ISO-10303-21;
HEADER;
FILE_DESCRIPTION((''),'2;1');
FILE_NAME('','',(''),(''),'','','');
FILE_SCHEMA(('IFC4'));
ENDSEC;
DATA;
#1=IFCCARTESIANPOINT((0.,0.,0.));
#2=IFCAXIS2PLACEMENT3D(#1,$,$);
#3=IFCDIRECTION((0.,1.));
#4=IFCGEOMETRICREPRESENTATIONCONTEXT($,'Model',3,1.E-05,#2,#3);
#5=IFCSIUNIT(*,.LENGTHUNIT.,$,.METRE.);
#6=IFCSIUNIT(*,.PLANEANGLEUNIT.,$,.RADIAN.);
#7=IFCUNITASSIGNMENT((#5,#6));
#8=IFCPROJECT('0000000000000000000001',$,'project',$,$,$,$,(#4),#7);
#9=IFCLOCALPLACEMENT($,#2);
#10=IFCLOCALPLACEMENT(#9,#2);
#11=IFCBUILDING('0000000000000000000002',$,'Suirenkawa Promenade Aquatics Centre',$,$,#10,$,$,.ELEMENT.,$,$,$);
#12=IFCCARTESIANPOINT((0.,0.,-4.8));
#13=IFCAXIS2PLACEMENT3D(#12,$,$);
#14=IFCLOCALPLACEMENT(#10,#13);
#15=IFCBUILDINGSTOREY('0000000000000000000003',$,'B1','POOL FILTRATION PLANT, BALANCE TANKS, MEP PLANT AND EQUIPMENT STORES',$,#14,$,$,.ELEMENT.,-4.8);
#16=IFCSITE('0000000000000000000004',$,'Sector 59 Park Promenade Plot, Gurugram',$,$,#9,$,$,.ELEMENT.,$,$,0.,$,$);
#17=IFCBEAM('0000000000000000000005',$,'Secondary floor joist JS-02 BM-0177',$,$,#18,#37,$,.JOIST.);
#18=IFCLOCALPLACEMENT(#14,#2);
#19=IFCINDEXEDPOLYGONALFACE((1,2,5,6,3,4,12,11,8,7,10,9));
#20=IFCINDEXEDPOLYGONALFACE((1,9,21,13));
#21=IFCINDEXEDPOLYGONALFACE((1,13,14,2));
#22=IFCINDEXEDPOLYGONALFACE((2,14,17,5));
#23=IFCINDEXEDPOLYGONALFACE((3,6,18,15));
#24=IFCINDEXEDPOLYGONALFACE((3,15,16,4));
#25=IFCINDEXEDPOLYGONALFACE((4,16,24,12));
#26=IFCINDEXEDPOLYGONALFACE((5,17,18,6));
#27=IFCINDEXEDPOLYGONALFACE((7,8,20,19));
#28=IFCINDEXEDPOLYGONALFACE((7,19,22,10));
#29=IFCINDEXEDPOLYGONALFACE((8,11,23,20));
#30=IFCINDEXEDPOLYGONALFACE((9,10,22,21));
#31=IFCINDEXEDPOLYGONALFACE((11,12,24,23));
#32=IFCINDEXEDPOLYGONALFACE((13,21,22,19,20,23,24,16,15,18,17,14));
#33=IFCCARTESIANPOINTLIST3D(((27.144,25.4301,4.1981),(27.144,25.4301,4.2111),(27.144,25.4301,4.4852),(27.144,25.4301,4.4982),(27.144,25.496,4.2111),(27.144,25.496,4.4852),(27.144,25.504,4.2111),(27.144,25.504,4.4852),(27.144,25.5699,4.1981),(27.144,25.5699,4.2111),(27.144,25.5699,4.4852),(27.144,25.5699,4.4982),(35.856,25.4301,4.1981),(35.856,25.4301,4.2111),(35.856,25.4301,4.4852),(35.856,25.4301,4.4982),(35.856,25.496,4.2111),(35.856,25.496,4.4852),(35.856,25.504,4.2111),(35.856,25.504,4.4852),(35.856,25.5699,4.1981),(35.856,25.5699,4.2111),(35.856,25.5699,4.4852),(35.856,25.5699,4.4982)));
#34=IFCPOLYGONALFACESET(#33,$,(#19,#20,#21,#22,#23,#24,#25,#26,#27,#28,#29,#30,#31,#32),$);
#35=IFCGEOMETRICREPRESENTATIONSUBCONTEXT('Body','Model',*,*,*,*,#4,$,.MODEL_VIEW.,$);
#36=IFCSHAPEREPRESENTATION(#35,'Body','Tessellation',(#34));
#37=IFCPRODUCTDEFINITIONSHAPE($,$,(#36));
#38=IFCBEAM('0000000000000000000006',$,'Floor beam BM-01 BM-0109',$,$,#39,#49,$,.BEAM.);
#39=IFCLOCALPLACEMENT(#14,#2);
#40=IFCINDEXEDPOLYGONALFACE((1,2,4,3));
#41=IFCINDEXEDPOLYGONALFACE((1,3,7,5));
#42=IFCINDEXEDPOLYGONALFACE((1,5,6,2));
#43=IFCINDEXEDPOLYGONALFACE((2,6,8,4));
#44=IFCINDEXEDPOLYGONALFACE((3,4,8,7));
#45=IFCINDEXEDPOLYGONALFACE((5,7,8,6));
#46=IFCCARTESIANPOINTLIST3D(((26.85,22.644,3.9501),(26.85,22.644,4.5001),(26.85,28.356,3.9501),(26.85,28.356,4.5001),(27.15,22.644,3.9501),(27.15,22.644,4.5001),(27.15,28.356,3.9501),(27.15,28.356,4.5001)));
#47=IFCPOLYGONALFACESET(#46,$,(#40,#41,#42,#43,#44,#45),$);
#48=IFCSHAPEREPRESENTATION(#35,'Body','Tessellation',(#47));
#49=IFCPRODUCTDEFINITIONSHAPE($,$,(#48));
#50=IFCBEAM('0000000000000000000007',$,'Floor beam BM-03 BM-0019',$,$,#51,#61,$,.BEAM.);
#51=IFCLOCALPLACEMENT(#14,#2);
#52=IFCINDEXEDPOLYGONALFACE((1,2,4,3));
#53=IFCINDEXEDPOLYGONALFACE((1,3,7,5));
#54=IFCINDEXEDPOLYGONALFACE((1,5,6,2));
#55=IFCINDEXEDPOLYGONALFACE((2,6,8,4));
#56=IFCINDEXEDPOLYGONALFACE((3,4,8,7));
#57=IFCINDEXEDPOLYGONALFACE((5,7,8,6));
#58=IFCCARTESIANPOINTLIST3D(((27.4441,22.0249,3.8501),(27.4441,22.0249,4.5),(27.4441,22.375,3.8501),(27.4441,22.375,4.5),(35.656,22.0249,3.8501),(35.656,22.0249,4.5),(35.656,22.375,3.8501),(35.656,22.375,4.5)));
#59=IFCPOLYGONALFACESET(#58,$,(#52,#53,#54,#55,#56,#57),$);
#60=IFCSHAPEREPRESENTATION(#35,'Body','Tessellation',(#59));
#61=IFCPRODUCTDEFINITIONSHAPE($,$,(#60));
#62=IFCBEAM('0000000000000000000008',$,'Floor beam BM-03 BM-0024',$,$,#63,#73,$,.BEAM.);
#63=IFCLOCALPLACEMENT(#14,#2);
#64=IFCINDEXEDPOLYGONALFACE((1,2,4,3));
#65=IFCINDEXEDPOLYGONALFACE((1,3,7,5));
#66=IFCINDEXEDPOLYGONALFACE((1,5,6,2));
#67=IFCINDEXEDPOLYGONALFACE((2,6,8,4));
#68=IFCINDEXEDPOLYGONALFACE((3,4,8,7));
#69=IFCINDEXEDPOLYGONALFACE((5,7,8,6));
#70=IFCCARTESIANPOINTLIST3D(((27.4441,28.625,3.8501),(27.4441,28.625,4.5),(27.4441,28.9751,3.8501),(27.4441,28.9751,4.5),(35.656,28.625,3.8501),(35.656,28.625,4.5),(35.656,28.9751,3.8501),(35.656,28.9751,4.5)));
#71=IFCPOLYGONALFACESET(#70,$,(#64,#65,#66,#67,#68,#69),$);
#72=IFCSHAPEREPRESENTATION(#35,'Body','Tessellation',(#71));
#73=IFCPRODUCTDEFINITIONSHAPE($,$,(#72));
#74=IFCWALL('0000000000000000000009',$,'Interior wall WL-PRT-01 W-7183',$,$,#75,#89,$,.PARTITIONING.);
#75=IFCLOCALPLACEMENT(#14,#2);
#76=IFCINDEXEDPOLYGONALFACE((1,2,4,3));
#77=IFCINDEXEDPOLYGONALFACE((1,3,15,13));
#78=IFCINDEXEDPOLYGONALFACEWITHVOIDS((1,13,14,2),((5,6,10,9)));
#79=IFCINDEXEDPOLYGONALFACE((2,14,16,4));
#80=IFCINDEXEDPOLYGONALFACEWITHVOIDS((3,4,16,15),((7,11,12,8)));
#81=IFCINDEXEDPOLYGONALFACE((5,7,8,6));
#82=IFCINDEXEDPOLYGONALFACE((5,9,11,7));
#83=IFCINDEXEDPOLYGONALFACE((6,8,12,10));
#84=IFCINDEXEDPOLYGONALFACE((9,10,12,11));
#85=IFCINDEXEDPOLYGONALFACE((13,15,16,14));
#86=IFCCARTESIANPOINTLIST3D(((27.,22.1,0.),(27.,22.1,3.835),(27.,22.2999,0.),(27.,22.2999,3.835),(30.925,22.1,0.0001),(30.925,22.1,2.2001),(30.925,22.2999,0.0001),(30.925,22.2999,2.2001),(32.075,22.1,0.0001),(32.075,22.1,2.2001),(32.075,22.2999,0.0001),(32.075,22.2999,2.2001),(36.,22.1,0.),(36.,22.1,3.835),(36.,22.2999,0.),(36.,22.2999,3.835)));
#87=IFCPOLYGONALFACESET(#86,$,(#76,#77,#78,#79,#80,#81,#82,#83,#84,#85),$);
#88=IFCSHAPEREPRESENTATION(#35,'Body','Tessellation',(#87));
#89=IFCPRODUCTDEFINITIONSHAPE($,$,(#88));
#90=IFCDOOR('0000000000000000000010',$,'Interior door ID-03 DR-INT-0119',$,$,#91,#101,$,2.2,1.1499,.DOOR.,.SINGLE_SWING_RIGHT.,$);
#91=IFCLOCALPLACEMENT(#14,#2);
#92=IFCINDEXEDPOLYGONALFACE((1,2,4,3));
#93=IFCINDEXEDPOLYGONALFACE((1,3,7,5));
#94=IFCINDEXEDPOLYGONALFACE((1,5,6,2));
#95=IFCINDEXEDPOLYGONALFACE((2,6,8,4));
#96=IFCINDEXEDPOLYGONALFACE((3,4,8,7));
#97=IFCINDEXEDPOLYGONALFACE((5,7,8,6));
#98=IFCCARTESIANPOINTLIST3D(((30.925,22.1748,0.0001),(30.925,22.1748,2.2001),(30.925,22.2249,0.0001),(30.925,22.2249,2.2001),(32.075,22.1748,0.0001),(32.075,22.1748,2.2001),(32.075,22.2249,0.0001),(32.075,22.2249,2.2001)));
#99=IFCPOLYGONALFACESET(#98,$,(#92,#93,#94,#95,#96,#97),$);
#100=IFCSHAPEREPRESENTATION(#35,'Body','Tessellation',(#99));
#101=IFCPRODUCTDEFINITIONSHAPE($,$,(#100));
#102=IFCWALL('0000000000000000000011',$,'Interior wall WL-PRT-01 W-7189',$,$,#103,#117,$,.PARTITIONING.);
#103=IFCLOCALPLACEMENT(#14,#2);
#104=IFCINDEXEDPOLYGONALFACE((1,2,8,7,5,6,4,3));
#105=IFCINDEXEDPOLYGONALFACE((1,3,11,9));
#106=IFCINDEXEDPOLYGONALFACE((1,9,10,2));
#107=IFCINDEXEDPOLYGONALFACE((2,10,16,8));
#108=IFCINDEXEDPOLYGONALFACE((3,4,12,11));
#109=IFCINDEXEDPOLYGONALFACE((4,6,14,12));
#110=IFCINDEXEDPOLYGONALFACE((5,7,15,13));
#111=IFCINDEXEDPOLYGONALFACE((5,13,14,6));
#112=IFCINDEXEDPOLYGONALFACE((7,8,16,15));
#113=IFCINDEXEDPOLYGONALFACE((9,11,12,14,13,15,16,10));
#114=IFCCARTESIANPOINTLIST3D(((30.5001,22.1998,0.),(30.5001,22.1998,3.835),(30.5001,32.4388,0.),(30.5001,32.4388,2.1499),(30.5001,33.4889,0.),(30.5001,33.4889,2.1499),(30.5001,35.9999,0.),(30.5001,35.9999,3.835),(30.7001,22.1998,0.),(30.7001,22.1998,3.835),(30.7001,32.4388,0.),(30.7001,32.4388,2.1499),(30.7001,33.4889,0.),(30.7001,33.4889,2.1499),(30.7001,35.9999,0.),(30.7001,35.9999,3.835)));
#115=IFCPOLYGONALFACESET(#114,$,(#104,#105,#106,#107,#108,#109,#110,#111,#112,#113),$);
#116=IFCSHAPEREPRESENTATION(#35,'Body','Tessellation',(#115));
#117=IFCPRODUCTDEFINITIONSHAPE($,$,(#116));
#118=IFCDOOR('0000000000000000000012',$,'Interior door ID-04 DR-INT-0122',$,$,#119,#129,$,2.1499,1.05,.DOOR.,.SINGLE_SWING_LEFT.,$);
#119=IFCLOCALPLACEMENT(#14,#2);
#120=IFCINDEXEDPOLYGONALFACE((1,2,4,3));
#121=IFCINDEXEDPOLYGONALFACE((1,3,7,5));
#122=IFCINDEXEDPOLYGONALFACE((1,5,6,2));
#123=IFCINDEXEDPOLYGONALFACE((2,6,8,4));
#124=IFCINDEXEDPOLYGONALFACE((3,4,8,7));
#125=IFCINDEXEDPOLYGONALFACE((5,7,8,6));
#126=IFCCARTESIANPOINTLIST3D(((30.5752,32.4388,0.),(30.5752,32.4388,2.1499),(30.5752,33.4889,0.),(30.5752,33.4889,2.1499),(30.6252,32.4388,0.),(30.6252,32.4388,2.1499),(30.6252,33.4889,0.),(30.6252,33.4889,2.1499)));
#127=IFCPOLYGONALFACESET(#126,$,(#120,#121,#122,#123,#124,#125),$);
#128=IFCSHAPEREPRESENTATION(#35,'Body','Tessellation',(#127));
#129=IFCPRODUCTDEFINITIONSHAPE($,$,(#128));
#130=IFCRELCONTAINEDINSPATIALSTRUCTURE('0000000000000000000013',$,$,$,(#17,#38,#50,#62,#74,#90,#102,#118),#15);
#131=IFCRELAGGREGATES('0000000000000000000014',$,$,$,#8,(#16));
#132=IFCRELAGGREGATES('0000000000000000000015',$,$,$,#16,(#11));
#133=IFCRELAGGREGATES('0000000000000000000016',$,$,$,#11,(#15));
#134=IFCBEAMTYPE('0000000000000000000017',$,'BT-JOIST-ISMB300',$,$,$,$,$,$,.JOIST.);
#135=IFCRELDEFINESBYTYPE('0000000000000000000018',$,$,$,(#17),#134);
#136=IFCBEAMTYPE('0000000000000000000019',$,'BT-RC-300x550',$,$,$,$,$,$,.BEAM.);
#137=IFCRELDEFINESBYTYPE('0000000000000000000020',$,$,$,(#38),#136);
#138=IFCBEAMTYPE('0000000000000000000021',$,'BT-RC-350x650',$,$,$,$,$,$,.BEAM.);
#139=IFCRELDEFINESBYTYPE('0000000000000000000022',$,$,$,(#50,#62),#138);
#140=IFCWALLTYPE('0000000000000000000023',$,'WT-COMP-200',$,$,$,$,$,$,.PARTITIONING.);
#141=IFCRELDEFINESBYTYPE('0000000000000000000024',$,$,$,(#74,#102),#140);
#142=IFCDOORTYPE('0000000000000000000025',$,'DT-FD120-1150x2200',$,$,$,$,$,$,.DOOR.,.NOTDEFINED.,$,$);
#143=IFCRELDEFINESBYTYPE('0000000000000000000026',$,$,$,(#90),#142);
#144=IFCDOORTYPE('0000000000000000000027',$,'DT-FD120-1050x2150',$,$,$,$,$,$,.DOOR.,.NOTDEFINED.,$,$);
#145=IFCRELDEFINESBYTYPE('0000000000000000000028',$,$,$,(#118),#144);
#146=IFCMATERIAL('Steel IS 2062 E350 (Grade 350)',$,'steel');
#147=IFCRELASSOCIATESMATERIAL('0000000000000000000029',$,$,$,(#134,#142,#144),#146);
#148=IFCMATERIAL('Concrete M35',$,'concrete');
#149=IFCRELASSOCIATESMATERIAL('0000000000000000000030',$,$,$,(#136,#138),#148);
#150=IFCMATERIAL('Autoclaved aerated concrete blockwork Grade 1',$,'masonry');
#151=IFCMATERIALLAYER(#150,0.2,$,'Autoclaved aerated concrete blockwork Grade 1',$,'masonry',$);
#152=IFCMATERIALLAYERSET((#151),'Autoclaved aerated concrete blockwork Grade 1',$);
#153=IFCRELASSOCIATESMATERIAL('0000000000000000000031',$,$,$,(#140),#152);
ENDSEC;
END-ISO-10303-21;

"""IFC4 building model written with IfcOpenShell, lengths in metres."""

from ifc_helpers import new_model, si_unit, direction, frame, frame_2d, origin, origin_2d, place, context, subcontext, project, spatial, rectangle, i_section, extrude, material, layer, layer_set, material_profile, profile_set, type_object, element, fill, save


model = new_model("IFC4")

# Units and contexts
model_context = context("Model", 3, precision=1e-05, world=origin(), true_north=direction((0.0, 1.0)))
body_context = subcontext(model_context, "Body", "Model", "MODEL_VIEW")
ifc_project = project(units=[si_unit("LENGTHUNIT", "METRE"), si_unit("PLANEANGLEUNIT", "RADIAN")], contexts=[model_context])

# Site, building, storey
site_placement = place(None, origin())
site = spatial("IfcSite", under=ifc_project, at=site_placement, Name="Sector 59 Park Promenade Plot, Gurugram", CompositionType="ELEMENT", RefElevation=0.0)
building_placement = place(site_placement, origin())
building = spatial("IfcBuilding", under=site, at=building_placement, Name="Suirenkawa Promenade Aquatics Centre", CompositionType="ELEMENT")
storey_placement = place(building_placement, frame((0.0, 0.0, -4.8)))
storey = spatial("IfcBuildingStorey", under=building, at=storey_placement, Name="B1", Description="POOL FILTRATION PLANT, BALANCE TANKS, MEP PLANT AND EQUIPMENT STORES", CompositionType="ELEMENT", Elevation=-4.8)

# Shared definitions
ifc_material_1 = material(Name="Concrete M35", Category="concrete")

# Beams
ifc_material_2 = material(Name="Steel IS 2062 E350 (Grade 350)", Category="steel")
ifc_material_profile_1 = material_profile(ifc_material_2, i_section(OverallWidth=0.1399, OverallDepth=0.3, WebThickness=0.0081, FlangeThickness=0.0129, at=origin_2d()), Name="ISMB 300", Category="steel")
ifc_profile_set_1 = profile_set([ifc_material_profile_1], Name="Steel IS 2062 E350 (Grade 350)")
beam_type_1 = type_object("IfcBeamType", Name="BT-JOIST-ISMB300", PredefinedType="JOIST", material=ifc_profile_set_1)
beam_1_placement = place(storey_placement, frame((27.144, 25.5, 4.3481), z_axis=(1.0, 0.0, 0.0), x_axis=(0.0, 1.0, 0.0)))
element("IfcBeam", 1, at=beam_1_placement, inside=storey, type_object=beam_type_1, Name="Secondary floor joist JS-02 BM-0177", PredefinedType="JOIST", context=body_context, shape_type="SweptSolid", body=[
    extrude(i_section(OverallWidth=0.1399, OverallDepth=0.3, WebThickness=0.0081, FlangeThickness=0.0129, at=origin_2d()), origin(), (0.0, 0.0, 1.0), 8.7119),
])
ifc_material_profile_2 = material_profile(ifc_material_1, rectangle(XDim=0.3, YDim=0.55, at=origin_2d()), Name="RC BM 300x550", Category="concrete")
ifc_profile_set_2 = profile_set([ifc_material_profile_2], Name="Concrete M35")
beam_type_2 = type_object("IfcBeamType", Name="BT-RC-300x550", PredefinedType="BEAM", material=ifc_profile_set_2)
beam_2_placement = place(storey_placement, frame((27.0, 22.644, 4.2251), z_axis=(0.0, 1.0, 0.0), x_axis=(-1.0, 0.0, 0.0)))
element("IfcBeam", 2, at=beam_2_placement, inside=storey, type_object=beam_type_2, Name="Floor beam BM-01 BM-0109", PredefinedType="BEAM", context=body_context, shape_type="SweptSolid", body=[
    extrude(rectangle(XDim=0.3, YDim=0.55, at=origin_2d()), origin(), (0.0, 0.0, 1.0), 5.7119),
])
ifc_material_profile_3 = material_profile(ifc_material_1, rectangle(XDim=0.3501, YDim=0.6499, at=origin_2d()), Name="RC BM 350x650", Category="concrete")
ifc_profile_set_3 = profile_set([ifc_material_profile_3], Name="Concrete M35")
beam_type_3 = type_object("IfcBeamType", Name="BT-RC-350x650", PredefinedType="BEAM", material=ifc_profile_set_3)
for number, where, z_axis, x_axis, name in (
    (3, (27.4441, 22.2, 4.175), (1.0, 0.0, 0.0), (0.0, 1.0, 0.0), "Floor beam BM-03 BM-0019"),
    (4, (27.4441, 28.8, 4.175), (1.0, 0.0, 0.0), (0.0, 1.0, 0.0), "Floor beam BM-03 BM-0024"),
):
    element("IfcBeam", number, at=place(storey_placement, frame(where, z_axis=z_axis, x_axis=x_axis)), inside=storey, type_object=beam_type_3, Name=name, PredefinedType="BEAM", context=body_context, shape_type="SweptSolid", body=[
        extrude(rectangle(XDim=0.3501, YDim=0.6499, at=origin_2d()), origin(), (0.0, 0.0, 1.0), 8.2119),
    ])

# Walls, openings, doors
ifc_material_3 = material(Name="Autoclaved aerated concrete blockwork Grade 1", Category="masonry")
ifc_layer = layer(ifc_material_3, 0.2, Name="Autoclaved aerated concrete blockwork Grade 1", Category="masonry")
ifc_layer_set = layer_set([ifc_layer], Name="Autoclaved aerated concrete blockwork Grade 1")
wall_type = type_object("IfcWallType", Name="WT-COMP-200", PredefinedType="PARTITIONING", material=ifc_layer_set)
wall_1_placement = place(storey_placement, frame((27.0, 22.2, 0.0), z_axis=(0.0, 0.0, 1.0), x_axis=(1.0, 0.0, 0.0)))
wall_1 = element("IfcWall", 5, at=wall_1_placement, inside=storey, type_object=wall_type, Name="Interior wall WL-PRT-01 W-7183", PredefinedType="PARTITIONING", context=body_context, shape_type="SweptSolid", body=[
    extrude(rectangle(XDim=9.0, YDim=0.2, at=frame_2d((4.5, 0.0))), origin(), (0.0, 0.0, 1.0), 3.835),
])
opening_1_placement = place(wall_1_placement, frame((3.925, 0.0, 0.0)))
opening_1 = element("IfcOpeningElement", 6, at=opening_1_placement, cuts=wall_1, PredefinedType="OPENING", context=body_context, shape_type="SweptSolid", body=[
    extrude(rectangle(XDim=1.1499, YDim=2.2, at=frame_2d((0.575, 1.1001))), frame((0.0, 0.1099, 0.0), z_axis=(0.0, -1.0, 0.0), x_axis=(1.0, 0.0, 0.0)), (0.0, 0.0, 1.0), 0.22),
])
door_type_1 = type_object("IfcDoorType", Name="DT-FD120-1150x2200", OperationType="NOTDEFINED", PredefinedType="DOOR", material=ifc_material_2)
door_1_placement = place(opening_1_placement, origin())
door_1 = element("IfcDoor", 7, at=door_1_placement, inside=storey, type_object=door_type_1, Name="Interior door ID-03 DR-INT-0119", OperationType="SINGLE_SWING_RIGHT", OverallHeight=2.2, OverallWidth=1.1499, PredefinedType="DOOR", context=body_context, shape_type="SweptSolid", body=[
    extrude(rectangle(XDim=1.1499, YDim=2.2, at=frame_2d((0.575, 1.1001))), frame((0.0, 0.0249, 0.0), z_axis=(0.0, -1.0, 0.0), x_axis=(1.0, 0.0, 0.0)), (0.0, 0.0, 1.0), 0.05),
])
fill(opening_1, door_1)
wall_2_placement = place(storey_placement, frame((30.6001, 22.2, 0.0), z_axis=(0.0, 0.0, 1.0), x_axis=(0.0, 1.0, 0.0)))
wall_2 = element("IfcWall", 8, at=wall_2_placement, inside=storey, type_object=wall_type, Name="Interior wall WL-PRT-01 W-7189", PredefinedType="PARTITIONING", context=body_context, shape_type="SweptSolid", body=[
    extrude(rectangle(XDim=13.8, YDim=0.2, at=frame_2d((6.8999, 0.0))), origin(), (0.0, 0.0, 1.0), 3.835),
])
opening_2_placement = place(wall_2_placement, frame((10.239, 0.0, 0.0)))
opening_2 = element("IfcOpeningElement", 9, at=opening_2_placement, cuts=wall_2, PredefinedType="OPENING", context=body_context, shape_type="SweptSolid", body=[
    extrude(rectangle(XDim=1.05, YDim=2.1499, at=frame_2d((0.5249, 1.075))), frame((0.0, 0.1099, 0.0), z_axis=(0.0, -1.0, 0.0), x_axis=(1.0, 0.0, 0.0)), (0.0, 0.0, 1.0), 0.22),
])
door_type_2 = type_object("IfcDoorType", Name="DT-FD120-1050x2150", OperationType="NOTDEFINED", PredefinedType="DOOR", material=ifc_material_2)
door_2_placement = place(opening_2_placement, origin())
door_2 = element("IfcDoor", 10, at=door_2_placement, inside=storey, type_object=door_type_2, Name="Interior door ID-04 DR-INT-0122", OperationType="SINGLE_SWING_LEFT", OverallHeight=2.1499, OverallWidth=1.05, PredefinedType="DOOR", context=body_context, shape_type="SweptSolid", body=[
    extrude(rectangle(XDim=1.05, YDim=2.1499, at=frame_2d((0.5249, 1.075))), frame((0.0, 0.0249, 0.0), z_axis=(0.0, -1.0, 0.0), x_axis=(1.0, 0.0, 0.0)), (0.0, 0.0, 1.0), 0.05),
])
fill(opening_2, door_2)

save(model, "model.ifc")
